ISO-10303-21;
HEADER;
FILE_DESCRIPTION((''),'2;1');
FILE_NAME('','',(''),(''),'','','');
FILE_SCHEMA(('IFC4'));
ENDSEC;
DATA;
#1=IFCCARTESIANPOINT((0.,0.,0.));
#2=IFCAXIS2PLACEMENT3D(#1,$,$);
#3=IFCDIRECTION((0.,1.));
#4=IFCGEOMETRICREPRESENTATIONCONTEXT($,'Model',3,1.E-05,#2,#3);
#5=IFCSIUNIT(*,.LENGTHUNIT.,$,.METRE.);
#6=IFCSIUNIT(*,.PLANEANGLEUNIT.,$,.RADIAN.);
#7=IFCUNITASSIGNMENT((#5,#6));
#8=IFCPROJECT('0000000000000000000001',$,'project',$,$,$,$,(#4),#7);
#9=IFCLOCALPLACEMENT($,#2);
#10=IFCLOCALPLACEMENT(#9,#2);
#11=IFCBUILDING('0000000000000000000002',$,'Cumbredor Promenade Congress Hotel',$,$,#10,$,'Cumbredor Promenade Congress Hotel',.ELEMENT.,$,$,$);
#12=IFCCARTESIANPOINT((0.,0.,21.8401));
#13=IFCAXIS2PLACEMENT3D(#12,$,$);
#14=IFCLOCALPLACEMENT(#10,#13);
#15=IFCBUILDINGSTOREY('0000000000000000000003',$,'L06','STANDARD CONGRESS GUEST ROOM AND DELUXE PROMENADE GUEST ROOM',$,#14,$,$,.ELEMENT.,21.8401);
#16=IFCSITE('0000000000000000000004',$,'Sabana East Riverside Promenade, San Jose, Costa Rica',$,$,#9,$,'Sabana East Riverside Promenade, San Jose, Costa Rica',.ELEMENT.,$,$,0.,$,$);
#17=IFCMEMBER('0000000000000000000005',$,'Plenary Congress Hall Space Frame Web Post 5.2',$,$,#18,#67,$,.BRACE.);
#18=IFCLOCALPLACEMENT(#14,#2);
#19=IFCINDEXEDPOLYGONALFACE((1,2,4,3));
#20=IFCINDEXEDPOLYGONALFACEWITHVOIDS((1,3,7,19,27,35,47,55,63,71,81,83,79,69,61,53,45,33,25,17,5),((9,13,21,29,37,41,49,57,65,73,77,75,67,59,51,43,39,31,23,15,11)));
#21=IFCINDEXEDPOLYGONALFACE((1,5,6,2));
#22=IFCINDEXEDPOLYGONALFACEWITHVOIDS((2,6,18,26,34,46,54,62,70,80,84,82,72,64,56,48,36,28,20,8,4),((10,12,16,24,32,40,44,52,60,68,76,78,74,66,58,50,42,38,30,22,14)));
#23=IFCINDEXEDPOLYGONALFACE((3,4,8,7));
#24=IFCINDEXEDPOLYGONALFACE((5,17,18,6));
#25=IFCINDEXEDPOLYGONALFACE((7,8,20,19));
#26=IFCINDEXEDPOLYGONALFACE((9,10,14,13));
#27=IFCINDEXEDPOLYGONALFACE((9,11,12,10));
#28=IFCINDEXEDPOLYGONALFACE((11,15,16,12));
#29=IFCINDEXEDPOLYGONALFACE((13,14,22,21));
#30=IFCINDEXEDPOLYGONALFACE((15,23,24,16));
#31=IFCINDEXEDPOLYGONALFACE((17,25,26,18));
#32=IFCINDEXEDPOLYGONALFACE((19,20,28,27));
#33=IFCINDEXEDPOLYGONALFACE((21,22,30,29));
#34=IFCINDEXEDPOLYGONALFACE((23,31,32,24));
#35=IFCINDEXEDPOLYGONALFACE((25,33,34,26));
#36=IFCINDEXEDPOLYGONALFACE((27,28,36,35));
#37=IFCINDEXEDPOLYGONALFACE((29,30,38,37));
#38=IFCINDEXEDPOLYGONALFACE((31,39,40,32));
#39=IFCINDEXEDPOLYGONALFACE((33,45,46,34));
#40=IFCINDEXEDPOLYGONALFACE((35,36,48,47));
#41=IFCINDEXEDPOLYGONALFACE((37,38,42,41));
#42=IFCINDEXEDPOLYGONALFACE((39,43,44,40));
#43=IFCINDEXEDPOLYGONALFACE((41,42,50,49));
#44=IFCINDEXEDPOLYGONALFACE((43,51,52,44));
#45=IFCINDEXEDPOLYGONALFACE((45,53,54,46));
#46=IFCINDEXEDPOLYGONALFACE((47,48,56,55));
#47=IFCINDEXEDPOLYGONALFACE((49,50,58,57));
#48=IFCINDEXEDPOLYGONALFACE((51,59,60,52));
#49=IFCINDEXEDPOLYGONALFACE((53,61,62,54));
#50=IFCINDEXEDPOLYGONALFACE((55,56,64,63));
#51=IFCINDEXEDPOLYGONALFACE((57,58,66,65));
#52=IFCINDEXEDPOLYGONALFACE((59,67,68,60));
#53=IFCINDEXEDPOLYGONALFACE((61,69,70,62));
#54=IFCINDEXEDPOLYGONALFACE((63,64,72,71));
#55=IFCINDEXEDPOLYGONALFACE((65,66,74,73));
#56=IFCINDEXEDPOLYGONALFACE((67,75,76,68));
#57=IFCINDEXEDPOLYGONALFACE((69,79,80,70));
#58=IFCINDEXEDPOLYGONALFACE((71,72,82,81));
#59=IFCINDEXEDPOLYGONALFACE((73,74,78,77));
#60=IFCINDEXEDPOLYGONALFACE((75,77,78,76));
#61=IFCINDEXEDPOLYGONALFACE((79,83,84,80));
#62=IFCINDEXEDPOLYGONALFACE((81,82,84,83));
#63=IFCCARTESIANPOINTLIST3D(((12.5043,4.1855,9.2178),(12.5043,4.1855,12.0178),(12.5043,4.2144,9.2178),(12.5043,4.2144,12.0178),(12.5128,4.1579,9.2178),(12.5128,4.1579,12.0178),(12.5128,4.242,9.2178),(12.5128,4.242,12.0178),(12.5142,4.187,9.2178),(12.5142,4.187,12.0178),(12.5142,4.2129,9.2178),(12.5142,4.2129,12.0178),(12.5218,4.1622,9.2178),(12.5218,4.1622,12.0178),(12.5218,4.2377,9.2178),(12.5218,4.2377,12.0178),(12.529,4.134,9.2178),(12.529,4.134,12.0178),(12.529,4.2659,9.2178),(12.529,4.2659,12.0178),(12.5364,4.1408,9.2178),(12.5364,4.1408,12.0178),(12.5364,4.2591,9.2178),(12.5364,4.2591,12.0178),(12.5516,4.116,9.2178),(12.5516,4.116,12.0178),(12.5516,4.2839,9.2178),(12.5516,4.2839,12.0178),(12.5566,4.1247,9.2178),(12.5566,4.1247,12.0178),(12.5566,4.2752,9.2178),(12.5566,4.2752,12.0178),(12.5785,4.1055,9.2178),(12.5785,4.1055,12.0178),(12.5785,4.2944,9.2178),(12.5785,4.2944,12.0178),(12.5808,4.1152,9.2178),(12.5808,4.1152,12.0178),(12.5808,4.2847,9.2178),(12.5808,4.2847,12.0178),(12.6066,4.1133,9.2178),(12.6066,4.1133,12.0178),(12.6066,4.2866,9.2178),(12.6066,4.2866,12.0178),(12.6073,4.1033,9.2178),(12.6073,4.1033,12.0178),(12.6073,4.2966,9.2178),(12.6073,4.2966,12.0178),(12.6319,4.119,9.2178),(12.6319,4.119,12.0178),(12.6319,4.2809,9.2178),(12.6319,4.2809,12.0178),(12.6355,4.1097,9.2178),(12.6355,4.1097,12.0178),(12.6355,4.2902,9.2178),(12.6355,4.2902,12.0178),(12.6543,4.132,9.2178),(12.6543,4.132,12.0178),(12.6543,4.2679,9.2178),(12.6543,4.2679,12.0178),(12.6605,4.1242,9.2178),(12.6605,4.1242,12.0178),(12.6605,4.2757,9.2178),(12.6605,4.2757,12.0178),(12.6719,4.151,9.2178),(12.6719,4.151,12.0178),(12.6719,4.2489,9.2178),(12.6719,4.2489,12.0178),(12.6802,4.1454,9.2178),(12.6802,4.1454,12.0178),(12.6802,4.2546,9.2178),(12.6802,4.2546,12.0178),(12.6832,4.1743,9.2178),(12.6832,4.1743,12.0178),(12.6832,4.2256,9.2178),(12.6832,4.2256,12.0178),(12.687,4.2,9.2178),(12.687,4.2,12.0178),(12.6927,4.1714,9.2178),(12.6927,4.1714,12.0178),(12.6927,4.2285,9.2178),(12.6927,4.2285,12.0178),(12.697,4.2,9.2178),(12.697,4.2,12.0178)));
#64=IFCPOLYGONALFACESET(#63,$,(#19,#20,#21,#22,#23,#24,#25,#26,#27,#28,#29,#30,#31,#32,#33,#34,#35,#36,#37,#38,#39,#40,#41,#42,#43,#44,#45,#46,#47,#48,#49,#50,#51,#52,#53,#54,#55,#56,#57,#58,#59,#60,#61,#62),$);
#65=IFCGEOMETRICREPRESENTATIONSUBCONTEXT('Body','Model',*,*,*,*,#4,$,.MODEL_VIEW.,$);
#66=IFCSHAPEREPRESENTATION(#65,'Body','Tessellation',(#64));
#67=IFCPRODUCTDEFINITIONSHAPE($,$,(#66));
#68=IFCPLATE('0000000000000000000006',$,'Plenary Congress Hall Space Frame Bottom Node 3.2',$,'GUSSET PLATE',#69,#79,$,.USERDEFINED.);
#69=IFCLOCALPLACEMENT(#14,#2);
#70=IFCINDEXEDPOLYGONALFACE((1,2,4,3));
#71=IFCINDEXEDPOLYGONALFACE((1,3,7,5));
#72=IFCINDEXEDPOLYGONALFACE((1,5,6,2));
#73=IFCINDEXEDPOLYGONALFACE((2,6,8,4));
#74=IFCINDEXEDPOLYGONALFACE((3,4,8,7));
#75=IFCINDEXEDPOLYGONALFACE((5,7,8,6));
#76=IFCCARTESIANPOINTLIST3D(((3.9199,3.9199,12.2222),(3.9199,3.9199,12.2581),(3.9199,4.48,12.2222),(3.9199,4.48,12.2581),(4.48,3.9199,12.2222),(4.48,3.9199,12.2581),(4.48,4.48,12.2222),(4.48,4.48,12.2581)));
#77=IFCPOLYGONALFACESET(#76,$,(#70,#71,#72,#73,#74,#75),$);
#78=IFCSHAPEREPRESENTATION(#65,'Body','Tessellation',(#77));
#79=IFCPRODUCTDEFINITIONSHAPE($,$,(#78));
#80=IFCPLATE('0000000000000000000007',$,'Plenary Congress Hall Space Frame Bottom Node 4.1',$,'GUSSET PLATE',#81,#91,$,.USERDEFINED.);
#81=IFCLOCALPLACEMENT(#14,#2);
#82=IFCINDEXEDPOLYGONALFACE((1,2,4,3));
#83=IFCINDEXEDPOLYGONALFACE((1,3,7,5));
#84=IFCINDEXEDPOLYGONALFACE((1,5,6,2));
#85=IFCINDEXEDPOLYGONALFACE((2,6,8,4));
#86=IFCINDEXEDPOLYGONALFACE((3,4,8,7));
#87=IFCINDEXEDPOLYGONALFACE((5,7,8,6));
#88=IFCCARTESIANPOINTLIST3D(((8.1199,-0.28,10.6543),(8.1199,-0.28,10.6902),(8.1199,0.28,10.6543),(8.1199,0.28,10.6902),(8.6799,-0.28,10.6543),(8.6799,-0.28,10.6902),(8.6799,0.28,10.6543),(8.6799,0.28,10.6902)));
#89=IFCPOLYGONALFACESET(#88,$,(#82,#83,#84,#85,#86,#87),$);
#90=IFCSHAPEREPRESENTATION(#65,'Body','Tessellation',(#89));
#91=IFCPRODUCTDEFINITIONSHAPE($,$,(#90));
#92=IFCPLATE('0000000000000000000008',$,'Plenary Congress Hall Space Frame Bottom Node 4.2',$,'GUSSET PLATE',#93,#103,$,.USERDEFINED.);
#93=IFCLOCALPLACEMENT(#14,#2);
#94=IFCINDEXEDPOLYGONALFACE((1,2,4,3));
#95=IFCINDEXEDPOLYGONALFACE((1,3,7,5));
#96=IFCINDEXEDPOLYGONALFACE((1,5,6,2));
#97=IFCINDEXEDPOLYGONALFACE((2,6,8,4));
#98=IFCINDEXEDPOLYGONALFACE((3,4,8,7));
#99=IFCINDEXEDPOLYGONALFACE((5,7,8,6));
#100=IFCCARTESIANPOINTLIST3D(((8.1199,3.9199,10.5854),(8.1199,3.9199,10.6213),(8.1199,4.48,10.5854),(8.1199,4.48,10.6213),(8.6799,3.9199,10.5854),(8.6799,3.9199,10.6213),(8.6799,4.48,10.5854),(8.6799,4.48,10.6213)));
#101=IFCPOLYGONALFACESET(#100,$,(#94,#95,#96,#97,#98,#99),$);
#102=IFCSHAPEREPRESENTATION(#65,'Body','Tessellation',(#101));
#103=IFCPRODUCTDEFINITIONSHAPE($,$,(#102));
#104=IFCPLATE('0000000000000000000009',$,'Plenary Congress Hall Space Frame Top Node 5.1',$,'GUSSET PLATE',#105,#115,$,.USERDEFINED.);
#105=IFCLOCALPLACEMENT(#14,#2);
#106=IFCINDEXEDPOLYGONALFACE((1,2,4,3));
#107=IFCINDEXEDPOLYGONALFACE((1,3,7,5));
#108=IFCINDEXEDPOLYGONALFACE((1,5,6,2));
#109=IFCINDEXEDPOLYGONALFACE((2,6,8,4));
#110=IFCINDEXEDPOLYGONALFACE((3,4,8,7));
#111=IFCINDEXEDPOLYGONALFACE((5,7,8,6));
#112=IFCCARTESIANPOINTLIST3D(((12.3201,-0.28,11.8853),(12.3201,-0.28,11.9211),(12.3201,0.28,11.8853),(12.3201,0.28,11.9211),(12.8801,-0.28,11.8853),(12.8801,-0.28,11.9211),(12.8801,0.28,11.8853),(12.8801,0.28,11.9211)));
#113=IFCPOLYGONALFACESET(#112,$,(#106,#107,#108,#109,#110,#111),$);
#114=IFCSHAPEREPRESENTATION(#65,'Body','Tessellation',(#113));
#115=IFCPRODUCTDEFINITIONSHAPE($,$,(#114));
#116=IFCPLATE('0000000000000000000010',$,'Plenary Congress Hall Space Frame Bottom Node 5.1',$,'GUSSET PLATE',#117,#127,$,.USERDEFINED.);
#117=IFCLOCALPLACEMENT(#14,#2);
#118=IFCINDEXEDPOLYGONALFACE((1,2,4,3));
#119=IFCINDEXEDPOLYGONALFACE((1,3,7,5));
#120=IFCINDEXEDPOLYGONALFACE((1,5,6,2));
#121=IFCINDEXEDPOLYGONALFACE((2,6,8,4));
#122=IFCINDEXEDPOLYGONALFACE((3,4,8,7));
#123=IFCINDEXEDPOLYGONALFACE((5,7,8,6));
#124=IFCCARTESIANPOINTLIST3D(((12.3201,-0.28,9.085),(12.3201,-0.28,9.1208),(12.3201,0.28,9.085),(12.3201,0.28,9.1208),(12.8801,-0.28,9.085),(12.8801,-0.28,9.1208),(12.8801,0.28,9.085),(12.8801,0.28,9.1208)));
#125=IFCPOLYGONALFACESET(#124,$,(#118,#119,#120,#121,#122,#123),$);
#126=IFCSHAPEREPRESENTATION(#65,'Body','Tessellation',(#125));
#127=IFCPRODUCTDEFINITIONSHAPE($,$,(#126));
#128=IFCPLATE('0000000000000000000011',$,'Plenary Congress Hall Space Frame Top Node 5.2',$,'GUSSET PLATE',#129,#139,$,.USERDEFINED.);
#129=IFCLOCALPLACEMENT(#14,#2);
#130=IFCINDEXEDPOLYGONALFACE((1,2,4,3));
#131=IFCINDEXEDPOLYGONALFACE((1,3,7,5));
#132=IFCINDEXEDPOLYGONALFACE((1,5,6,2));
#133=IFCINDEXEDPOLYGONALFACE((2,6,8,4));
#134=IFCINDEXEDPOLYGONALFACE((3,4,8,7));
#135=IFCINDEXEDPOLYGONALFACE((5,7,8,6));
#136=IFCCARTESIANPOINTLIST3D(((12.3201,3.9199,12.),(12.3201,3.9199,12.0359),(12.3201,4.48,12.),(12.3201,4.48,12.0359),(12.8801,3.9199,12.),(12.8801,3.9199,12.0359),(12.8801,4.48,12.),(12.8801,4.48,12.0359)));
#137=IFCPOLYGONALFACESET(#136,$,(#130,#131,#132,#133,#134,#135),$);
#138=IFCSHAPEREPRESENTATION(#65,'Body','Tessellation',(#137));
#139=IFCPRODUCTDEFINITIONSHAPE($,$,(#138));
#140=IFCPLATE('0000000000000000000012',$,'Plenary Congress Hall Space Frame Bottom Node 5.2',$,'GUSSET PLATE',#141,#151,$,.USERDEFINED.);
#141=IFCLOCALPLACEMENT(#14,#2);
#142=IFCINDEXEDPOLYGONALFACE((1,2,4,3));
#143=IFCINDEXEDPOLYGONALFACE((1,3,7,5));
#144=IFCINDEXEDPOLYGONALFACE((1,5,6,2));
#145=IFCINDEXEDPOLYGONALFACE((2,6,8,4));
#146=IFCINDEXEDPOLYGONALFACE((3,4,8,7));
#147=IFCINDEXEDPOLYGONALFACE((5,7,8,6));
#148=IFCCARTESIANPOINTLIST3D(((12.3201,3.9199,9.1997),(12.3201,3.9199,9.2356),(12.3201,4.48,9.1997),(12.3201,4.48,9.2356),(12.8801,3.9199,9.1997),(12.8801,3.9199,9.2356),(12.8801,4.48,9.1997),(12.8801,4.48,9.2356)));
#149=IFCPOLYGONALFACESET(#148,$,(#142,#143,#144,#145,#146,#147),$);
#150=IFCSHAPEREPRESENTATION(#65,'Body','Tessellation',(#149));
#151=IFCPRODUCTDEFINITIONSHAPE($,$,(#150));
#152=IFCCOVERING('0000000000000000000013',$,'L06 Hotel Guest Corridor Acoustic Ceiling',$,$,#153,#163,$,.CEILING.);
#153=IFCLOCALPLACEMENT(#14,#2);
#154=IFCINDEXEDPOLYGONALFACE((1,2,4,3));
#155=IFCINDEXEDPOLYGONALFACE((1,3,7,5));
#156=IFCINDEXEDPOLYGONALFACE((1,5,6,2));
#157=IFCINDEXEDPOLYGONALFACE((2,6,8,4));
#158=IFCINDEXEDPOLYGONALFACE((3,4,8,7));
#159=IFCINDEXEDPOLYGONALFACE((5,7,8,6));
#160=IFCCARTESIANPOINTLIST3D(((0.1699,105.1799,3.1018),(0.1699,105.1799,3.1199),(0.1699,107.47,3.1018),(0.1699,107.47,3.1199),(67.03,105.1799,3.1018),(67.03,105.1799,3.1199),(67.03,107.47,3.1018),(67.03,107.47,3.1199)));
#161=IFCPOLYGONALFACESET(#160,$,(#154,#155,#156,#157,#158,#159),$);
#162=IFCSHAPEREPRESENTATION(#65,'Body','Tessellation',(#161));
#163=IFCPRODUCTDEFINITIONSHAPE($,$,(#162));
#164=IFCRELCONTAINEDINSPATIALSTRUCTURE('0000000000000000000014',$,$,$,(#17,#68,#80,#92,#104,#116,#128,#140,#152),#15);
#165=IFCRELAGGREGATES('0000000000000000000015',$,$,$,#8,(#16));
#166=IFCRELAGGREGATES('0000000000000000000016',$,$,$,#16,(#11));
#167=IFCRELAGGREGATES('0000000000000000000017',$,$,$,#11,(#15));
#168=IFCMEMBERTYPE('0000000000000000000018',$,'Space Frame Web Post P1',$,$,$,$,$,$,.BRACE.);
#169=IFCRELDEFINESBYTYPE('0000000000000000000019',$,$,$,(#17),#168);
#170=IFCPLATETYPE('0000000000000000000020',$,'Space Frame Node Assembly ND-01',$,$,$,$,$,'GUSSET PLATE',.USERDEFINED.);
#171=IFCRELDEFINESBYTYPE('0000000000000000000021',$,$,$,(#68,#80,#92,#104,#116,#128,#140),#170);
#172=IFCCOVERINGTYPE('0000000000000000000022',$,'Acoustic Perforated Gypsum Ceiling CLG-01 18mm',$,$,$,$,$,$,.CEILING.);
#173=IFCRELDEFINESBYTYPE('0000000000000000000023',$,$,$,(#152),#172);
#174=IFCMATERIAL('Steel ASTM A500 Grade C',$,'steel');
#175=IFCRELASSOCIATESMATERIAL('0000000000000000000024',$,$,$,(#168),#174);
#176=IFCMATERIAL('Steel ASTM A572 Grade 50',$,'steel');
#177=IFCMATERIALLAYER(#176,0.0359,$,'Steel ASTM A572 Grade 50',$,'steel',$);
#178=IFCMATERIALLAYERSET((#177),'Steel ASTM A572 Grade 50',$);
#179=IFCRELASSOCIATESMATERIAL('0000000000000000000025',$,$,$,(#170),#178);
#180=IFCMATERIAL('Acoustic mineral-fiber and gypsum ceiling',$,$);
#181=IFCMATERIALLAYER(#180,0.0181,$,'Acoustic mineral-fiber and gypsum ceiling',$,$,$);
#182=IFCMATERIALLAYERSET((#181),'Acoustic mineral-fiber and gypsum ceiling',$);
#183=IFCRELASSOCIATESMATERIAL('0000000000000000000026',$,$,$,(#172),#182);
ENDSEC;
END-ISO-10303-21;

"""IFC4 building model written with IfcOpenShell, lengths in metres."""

from ifc_helpers import new_model, si_unit, direction, frame, origin, origin_2d, place, context, subcontext, project, spatial, polyline, rectangle, hollow_circle, outline, extrude, material, layer, layer_set, material_profile, profile_set, type_object, element, save


model = new_model("IFC4")

# Units and contexts
model_context = context("Model", 3, precision=1e-05, world=origin(), true_north=direction((0.0, 1.0)))
body_context = subcontext(model_context, "Body", "Model", "MODEL_VIEW")
ifc_project = project(units=[si_unit("LENGTHUNIT", "METRE"), si_unit("PLANEANGLEUNIT", "RADIAN")], contexts=[model_context])

# Site, building, storey
site_placement = place(None, origin())
site = spatial("IfcSite", under=ifc_project, at=site_placement, Name="Sabana East Riverside Promenade, San Jose, Costa Rica", LongName="Sabana East Riverside Promenade, San Jose, Costa Rica", CompositionType="ELEMENT", RefElevation=0.0)
building_placement = place(site_placement, origin())
building = spatial("IfcBuilding", under=site, at=building_placement, Name="Cumbredor Promenade Congress Hotel", LongName="Cumbredor Promenade Congress Hotel", CompositionType="ELEMENT")
storey_placement = place(building_placement, frame((0.0, 0.0, 21.8401)))
storey = spatial("IfcBuildingStorey", under=building, at=storey_placement, Name="L06", Description="STANDARD CONGRESS GUEST ROOM AND DELUXE PROMENADE GUEST ROOM", CompositionType="ELEMENT", Elevation=21.8401)

# Member
ifc_material_1 = material(Name="Steel ASTM A500 Grade C", Category="steel")
ifc_material_profile_1 = material_profile(ifc_material_1, hollow_circle(Radius=0.0969, WallThickness=0.01, at=origin_2d()), Name="CHS 193.7x10")
ifc_profile_set_1 = profile_set([ifc_material_profile_1], Name="Steel ASTM A500 Grade C")
member_type_1 = type_object("IfcMemberType", Name="Space Frame Web Post P1", PredefinedType="BRACE", material=ifc_profile_set_1)
for number, where, z_axis, x_axis, name in (
    (1, (12.6001, 4.2, 9.2178), (0.0, 0.0, 1.0), (1.0, 0.0, 0.0), "Plenary Congress Hall Space Frame Web Post 5.2"),
):
    element("IfcMember", number, at=place(storey_placement, frame(where, z_axis=z_axis, x_axis=x_axis)), inside=storey, type_object=member_type_1, Name=name, PredefinedType="BRACE", context=body_context, shape_type="SweptSolid", body=[
        extrude(hollow_circle(Radius=0.0969, WallThickness=0.01, at=origin_2d()), origin(), (0.0, 0.0, 1.0), 2.8),
    ])

# Plates
ifc_material_2 = material(Name="Steel ASTM A572 Grade 50", Category="steel")
ifc_layer_1 = layer(ifc_material_2, 0.0359, Name="Steel ASTM A572 Grade 50", Category="steel")
ifc_layer_set_1 = layer_set([ifc_layer_1], Name="Steel ASTM A572 Grade 50")
plate_type = type_object("IfcPlateType", Name="Space Frame Node Assembly ND-01", ElementType="GUSSET PLATE", PredefinedType="USERDEFINED", material=ifc_layer_set_1)
for number, where, z_axis, x_axis, name in (
    (2, (4.2, 4.2, 12.2222), (0.0, 0.0, 1.0), (1.0, 0.0, 0.0), "Plenary Congress Hall Space Frame Bottom Node 3.2"),
    (3, (8.3999, 0.0, 10.6543), (0.0, 0.0, 1.0), (1.0, 0.0, 0.0), "Plenary Congress Hall Space Frame Bottom Node 4.1"),
    (4, (8.3999, 4.2, 10.5854), (0.0, 0.0, 1.0), (1.0, 0.0, 0.0), "Plenary Congress Hall Space Frame Bottom Node 4.2"),
    (5, (12.6001, 0.0, 11.8853), (0.0, 0.0, 1.0), (1.0, 0.0, 0.0), "Plenary Congress Hall Space Frame Top Node 5.1"),
    (6, (12.6001, 0.0, 9.085), (0.0, 0.0, 1.0), (1.0, 0.0, 0.0), "Plenary Congress Hall Space Frame Bottom Node 5.1"),
    (7, (12.6001, 4.2, 12.0), (0.0, 0.0, 1.0), (1.0, 0.0, 0.0), "Plenary Congress Hall Space Frame Top Node 5.2"),
    (8, (12.6001, 4.2, 9.1997), (0.0, 0.0, 1.0), (1.0, 0.0, 0.0), "Plenary Congress Hall Space Frame Bottom Node 5.2"),
):
    element("IfcPlate", number, at=place(storey_placement, frame(where, z_axis=z_axis, x_axis=x_axis)), inside=storey, type_object=plate_type, Name=name, ObjectType="GUSSET PLATE", PredefinedType="USERDEFINED", context=body_context, shape_type="SweptSolid", body=[
        extrude(rectangle(XDim=0.5601, YDim=0.5601, at=origin_2d()), origin(), (0.0, 0.0, 1.0), 0.0359),
    ])

# Covering
ifc_material_3 = material(Name="Acoustic mineral-fiber and gypsum ceiling")
ifc_layer_2 = layer(ifc_material_3, 0.0181, Name="Acoustic mineral-fiber and gypsum ceiling")
ifc_layer_set_2 = layer_set([ifc_layer_2], Name="Acoustic mineral-fiber and gypsum ceiling")
covering_type = type_object("IfcCoveringType", Name="Acoustic Perforated Gypsum Ceiling CLG-01 18mm", PredefinedType="CEILING", material=ifc_layer_set_2)
covering_placement = place(storey_placement, frame((0.0, 0.0, 3.1018)))
element("IfcCovering", 9, at=covering_placement, inside=storey, type_object=covering_type, Name="L06 Hotel Guest Corridor Acoustic Ceiling", PredefinedType="CEILING", context=body_context, shape_type="SweptSolid", body=[
    extrude(outline(polyline([(67.03, 105.1799), (67.03, 107.47), (0.1699, 107.47), (0.1699, 105.1799), (67.03, 105.1799)])), origin(), (0.0, 0.0, 1.0), 0.0181),
])

save(model, "model.ifc")
